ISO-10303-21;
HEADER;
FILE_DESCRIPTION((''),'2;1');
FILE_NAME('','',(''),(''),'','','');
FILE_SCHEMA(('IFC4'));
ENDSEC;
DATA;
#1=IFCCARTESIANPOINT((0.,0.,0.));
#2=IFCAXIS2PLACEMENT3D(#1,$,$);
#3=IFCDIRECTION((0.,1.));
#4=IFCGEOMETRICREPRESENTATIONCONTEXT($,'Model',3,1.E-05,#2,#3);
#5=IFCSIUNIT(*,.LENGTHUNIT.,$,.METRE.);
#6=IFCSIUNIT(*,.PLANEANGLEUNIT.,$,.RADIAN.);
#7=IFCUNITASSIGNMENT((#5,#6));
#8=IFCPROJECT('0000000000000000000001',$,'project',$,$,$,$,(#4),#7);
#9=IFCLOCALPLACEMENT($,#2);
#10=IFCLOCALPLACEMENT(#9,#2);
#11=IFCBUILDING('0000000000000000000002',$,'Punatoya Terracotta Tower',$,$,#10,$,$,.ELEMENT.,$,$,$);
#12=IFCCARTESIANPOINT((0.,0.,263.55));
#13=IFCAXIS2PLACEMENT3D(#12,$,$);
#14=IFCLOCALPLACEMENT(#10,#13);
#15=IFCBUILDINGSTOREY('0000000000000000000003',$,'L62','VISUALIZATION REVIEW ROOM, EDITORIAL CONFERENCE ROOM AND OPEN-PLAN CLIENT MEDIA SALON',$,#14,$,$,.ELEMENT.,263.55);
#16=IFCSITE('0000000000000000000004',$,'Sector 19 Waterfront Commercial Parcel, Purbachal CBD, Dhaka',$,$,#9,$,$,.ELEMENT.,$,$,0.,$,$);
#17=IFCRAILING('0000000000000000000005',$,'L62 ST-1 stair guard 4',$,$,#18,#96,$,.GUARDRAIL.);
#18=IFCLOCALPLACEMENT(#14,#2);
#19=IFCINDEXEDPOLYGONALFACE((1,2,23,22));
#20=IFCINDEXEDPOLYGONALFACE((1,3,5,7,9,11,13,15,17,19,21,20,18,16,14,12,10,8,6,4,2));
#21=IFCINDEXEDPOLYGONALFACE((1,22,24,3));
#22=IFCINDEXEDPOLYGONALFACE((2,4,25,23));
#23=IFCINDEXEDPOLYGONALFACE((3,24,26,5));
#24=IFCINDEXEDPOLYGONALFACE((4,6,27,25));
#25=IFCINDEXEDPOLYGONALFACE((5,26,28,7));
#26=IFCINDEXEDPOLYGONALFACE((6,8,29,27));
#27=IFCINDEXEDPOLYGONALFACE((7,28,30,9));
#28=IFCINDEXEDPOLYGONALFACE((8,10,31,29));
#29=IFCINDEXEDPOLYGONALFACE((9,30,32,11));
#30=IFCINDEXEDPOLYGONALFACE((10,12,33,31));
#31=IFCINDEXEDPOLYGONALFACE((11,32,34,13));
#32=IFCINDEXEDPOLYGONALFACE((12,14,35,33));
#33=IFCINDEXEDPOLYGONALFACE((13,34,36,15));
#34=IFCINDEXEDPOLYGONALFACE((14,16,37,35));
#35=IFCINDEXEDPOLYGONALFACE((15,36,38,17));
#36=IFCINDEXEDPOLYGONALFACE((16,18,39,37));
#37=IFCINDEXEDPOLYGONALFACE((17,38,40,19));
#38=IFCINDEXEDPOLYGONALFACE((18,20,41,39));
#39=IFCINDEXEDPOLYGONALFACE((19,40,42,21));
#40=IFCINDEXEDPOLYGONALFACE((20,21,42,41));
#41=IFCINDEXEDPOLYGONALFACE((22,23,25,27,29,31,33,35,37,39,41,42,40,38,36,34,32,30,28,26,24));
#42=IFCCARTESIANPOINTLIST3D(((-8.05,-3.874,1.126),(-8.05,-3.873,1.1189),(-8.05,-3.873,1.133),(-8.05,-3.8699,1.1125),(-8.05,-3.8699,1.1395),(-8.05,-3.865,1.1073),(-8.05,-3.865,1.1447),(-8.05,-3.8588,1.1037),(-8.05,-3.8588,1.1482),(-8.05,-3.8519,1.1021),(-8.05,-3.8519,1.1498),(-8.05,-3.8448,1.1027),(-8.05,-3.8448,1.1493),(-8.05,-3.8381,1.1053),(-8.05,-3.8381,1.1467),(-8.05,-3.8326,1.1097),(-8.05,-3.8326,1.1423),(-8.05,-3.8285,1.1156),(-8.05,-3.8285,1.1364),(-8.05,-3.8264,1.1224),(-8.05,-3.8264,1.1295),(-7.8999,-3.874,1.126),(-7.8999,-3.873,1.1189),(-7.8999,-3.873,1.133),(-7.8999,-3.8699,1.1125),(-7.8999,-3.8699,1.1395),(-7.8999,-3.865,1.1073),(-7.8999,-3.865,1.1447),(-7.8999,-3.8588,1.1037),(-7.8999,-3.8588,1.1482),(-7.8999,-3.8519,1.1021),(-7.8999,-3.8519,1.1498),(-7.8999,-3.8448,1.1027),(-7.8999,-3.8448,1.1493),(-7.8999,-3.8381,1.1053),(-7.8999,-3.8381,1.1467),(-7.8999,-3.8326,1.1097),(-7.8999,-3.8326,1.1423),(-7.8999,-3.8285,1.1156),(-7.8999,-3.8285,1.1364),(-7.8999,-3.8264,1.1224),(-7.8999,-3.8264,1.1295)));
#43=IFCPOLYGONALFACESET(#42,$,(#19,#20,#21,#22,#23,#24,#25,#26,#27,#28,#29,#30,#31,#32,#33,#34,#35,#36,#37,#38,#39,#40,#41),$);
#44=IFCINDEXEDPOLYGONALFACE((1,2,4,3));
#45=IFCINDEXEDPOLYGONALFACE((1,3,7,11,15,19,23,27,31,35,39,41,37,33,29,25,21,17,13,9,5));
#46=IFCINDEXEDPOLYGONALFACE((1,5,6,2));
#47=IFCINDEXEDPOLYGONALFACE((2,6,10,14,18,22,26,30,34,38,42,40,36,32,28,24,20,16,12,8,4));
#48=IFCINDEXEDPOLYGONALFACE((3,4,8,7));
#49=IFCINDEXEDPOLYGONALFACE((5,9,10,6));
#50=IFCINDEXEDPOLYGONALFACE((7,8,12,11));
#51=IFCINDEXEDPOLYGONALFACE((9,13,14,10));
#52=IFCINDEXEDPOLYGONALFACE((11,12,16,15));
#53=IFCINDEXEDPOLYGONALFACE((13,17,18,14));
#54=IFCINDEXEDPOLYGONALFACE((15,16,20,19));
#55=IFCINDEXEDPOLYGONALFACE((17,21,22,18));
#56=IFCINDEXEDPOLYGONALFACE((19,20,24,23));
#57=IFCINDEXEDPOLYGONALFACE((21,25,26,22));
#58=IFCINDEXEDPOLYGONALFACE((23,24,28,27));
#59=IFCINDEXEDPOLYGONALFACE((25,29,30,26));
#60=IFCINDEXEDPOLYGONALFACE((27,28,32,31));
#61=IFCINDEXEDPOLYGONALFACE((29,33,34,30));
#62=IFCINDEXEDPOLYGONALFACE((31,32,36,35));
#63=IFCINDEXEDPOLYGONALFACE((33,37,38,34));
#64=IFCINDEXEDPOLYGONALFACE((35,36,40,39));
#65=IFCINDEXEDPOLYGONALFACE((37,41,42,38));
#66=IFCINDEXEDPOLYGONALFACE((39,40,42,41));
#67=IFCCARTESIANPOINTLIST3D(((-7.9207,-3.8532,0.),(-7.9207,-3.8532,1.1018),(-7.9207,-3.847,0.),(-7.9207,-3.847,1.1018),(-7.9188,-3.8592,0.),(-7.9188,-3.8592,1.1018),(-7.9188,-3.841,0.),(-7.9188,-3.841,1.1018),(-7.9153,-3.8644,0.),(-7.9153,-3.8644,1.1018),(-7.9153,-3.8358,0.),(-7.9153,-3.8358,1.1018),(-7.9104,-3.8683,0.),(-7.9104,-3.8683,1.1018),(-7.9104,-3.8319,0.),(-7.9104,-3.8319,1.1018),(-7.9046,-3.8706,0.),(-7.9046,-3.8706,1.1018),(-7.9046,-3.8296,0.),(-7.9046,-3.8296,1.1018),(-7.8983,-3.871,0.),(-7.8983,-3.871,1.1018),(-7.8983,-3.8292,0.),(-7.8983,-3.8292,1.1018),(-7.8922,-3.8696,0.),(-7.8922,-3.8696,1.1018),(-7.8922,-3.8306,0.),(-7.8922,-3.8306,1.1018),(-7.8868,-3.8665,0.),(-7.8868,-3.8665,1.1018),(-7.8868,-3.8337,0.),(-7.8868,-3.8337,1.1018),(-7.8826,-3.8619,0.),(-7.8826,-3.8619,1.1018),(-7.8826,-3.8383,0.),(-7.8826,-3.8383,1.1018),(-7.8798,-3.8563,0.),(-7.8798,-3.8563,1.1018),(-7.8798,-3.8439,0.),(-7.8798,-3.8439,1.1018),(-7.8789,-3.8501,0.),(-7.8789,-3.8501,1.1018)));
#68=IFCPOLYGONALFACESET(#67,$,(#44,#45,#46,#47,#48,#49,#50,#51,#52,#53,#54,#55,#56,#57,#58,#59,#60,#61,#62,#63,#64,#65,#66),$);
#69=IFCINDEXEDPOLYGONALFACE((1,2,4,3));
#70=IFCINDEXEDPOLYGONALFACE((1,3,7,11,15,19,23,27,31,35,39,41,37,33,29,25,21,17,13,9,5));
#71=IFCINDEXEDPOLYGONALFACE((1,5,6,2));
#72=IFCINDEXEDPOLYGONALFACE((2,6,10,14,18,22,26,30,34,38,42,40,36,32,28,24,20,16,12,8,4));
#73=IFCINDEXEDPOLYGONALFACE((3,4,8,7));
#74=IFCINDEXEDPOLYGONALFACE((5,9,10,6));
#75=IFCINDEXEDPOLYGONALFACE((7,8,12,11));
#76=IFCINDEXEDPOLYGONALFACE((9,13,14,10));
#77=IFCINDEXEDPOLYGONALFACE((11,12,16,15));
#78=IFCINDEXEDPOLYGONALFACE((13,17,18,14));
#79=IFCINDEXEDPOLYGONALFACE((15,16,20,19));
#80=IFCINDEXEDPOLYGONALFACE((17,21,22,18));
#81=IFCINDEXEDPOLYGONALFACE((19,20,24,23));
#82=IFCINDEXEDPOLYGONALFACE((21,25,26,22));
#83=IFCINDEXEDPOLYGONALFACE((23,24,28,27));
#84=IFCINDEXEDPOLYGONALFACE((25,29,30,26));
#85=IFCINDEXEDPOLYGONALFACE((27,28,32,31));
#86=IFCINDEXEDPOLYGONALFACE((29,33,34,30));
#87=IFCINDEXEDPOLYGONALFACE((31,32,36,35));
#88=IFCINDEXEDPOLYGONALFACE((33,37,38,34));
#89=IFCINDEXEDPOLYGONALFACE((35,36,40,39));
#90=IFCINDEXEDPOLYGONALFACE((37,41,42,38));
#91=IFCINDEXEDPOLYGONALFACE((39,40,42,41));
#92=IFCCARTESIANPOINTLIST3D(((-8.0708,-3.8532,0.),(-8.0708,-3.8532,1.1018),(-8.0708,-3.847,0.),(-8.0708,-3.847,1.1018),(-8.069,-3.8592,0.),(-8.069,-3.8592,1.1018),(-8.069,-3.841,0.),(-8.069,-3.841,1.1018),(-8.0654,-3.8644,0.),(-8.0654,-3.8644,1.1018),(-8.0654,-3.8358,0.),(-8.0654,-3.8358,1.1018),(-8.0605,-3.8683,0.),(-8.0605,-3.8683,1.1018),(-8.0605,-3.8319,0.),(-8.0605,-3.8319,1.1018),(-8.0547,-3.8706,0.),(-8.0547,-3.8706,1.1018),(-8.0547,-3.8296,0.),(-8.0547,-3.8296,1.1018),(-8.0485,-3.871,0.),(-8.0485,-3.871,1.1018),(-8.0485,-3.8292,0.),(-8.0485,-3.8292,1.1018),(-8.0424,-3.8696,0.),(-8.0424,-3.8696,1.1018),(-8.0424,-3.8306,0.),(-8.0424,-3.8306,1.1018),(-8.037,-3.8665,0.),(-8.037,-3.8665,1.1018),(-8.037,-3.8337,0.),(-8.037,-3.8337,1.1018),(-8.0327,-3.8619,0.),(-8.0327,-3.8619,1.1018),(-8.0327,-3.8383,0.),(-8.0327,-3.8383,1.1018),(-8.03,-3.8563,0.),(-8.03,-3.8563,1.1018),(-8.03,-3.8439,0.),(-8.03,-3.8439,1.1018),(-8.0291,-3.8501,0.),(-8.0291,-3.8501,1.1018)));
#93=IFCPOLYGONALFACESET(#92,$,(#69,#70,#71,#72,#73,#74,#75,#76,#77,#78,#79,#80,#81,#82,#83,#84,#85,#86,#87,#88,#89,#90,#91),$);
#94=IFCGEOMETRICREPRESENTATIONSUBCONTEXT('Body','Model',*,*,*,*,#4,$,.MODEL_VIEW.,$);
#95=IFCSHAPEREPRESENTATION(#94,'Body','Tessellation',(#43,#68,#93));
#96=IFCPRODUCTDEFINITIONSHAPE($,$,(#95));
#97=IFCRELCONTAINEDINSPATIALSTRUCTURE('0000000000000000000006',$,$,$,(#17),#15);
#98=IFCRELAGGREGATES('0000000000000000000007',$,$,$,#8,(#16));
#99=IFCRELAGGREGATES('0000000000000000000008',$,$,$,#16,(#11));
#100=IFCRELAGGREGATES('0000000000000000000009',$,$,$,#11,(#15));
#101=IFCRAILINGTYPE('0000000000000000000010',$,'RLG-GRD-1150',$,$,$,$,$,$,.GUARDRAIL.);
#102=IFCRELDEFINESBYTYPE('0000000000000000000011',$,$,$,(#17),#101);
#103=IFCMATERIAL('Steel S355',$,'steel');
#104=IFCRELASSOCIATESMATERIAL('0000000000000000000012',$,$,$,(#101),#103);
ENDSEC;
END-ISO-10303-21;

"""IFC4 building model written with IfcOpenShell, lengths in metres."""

from ifc_helpers import new_model, si_unit, direction, frame, origin, origin_2d, place, context, subcontext, project, spatial, circle, extrude, material, type_object, element, save


model = new_model("IFC4")

# Units and contexts
model_context = context("Model", 3, precision=1e-05, world=origin(), true_north=direction((0.0, 1.0)))
body_context = subcontext(model_context, "Body", "Model", "MODEL_VIEW")
ifc_project = project(units=[si_unit("LENGTHUNIT", "METRE"), si_unit("PLANEANGLEUNIT", "RADIAN")], contexts=[model_context])

# Site, building, storey
site_placement = place(None, origin())
site = spatial("IfcSite", under=ifc_project, at=site_placement, Name="Sector 19 Waterfront Commercial Parcel, Purbachal CBD, Dhaka", CompositionType="ELEMENT", RefElevation=0.0)
building_placement = place(site_placement, origin())
building = spatial("IfcBuilding", under=site, at=building_placement, Name="Punatoya Terracotta Tower", CompositionType="ELEMENT")
storey_placement = place(building_placement, frame((0.0, 0.0, 263.55)))
storey = spatial("IfcBuildingStorey", under=building, at=storey_placement, Name="L62", Description="VISUALIZATION REVIEW ROOM, EDITORIAL CONFERENCE ROOM AND OPEN-PLAN CLIENT MEDIA SALON", CompositionType="ELEMENT", Elevation=263.55)

# Railing
ifc_material_1 = material(Name="Steel S355", Category="steel")
railing_type_1 = type_object("IfcRailingType", Name="RLG-GRD-1150", PredefinedType="GUARDRAIL", material=ifc_material_1)
railing_1_placement = place(storey_placement, frame((-7.8999, -3.8501, 0.0)))
element("IfcRailing", 1, at=railing_1_placement, inside=storey, type_object=railing_type_1, Name="L62 ST-1 stair guard 4", PredefinedType="GUARDRAIL", context=body_context, shape_type="SweptSolid", body=[
    extrude(circle(Radius=0.0239, at=origin_2d()), frame((0.0, 0.0, 1.126), z_axis=(-1.0, 0.0, 0.0), x_axis=(0.0, -1.0, 0.0)), (0.0, 0.0, 1.0), 0.1501),
    extrude(circle(Radius=0.021, at=origin_2d()), origin(), (0.0, 0.0, 1.0), 1.1018),
    extrude(circle(Radius=0.021, at=origin_2d()), frame((-0.1501, 0.0, 0.0)), (0.0, 0.0, 1.0), 1.1018),
])

save(model, "model.ifc")
